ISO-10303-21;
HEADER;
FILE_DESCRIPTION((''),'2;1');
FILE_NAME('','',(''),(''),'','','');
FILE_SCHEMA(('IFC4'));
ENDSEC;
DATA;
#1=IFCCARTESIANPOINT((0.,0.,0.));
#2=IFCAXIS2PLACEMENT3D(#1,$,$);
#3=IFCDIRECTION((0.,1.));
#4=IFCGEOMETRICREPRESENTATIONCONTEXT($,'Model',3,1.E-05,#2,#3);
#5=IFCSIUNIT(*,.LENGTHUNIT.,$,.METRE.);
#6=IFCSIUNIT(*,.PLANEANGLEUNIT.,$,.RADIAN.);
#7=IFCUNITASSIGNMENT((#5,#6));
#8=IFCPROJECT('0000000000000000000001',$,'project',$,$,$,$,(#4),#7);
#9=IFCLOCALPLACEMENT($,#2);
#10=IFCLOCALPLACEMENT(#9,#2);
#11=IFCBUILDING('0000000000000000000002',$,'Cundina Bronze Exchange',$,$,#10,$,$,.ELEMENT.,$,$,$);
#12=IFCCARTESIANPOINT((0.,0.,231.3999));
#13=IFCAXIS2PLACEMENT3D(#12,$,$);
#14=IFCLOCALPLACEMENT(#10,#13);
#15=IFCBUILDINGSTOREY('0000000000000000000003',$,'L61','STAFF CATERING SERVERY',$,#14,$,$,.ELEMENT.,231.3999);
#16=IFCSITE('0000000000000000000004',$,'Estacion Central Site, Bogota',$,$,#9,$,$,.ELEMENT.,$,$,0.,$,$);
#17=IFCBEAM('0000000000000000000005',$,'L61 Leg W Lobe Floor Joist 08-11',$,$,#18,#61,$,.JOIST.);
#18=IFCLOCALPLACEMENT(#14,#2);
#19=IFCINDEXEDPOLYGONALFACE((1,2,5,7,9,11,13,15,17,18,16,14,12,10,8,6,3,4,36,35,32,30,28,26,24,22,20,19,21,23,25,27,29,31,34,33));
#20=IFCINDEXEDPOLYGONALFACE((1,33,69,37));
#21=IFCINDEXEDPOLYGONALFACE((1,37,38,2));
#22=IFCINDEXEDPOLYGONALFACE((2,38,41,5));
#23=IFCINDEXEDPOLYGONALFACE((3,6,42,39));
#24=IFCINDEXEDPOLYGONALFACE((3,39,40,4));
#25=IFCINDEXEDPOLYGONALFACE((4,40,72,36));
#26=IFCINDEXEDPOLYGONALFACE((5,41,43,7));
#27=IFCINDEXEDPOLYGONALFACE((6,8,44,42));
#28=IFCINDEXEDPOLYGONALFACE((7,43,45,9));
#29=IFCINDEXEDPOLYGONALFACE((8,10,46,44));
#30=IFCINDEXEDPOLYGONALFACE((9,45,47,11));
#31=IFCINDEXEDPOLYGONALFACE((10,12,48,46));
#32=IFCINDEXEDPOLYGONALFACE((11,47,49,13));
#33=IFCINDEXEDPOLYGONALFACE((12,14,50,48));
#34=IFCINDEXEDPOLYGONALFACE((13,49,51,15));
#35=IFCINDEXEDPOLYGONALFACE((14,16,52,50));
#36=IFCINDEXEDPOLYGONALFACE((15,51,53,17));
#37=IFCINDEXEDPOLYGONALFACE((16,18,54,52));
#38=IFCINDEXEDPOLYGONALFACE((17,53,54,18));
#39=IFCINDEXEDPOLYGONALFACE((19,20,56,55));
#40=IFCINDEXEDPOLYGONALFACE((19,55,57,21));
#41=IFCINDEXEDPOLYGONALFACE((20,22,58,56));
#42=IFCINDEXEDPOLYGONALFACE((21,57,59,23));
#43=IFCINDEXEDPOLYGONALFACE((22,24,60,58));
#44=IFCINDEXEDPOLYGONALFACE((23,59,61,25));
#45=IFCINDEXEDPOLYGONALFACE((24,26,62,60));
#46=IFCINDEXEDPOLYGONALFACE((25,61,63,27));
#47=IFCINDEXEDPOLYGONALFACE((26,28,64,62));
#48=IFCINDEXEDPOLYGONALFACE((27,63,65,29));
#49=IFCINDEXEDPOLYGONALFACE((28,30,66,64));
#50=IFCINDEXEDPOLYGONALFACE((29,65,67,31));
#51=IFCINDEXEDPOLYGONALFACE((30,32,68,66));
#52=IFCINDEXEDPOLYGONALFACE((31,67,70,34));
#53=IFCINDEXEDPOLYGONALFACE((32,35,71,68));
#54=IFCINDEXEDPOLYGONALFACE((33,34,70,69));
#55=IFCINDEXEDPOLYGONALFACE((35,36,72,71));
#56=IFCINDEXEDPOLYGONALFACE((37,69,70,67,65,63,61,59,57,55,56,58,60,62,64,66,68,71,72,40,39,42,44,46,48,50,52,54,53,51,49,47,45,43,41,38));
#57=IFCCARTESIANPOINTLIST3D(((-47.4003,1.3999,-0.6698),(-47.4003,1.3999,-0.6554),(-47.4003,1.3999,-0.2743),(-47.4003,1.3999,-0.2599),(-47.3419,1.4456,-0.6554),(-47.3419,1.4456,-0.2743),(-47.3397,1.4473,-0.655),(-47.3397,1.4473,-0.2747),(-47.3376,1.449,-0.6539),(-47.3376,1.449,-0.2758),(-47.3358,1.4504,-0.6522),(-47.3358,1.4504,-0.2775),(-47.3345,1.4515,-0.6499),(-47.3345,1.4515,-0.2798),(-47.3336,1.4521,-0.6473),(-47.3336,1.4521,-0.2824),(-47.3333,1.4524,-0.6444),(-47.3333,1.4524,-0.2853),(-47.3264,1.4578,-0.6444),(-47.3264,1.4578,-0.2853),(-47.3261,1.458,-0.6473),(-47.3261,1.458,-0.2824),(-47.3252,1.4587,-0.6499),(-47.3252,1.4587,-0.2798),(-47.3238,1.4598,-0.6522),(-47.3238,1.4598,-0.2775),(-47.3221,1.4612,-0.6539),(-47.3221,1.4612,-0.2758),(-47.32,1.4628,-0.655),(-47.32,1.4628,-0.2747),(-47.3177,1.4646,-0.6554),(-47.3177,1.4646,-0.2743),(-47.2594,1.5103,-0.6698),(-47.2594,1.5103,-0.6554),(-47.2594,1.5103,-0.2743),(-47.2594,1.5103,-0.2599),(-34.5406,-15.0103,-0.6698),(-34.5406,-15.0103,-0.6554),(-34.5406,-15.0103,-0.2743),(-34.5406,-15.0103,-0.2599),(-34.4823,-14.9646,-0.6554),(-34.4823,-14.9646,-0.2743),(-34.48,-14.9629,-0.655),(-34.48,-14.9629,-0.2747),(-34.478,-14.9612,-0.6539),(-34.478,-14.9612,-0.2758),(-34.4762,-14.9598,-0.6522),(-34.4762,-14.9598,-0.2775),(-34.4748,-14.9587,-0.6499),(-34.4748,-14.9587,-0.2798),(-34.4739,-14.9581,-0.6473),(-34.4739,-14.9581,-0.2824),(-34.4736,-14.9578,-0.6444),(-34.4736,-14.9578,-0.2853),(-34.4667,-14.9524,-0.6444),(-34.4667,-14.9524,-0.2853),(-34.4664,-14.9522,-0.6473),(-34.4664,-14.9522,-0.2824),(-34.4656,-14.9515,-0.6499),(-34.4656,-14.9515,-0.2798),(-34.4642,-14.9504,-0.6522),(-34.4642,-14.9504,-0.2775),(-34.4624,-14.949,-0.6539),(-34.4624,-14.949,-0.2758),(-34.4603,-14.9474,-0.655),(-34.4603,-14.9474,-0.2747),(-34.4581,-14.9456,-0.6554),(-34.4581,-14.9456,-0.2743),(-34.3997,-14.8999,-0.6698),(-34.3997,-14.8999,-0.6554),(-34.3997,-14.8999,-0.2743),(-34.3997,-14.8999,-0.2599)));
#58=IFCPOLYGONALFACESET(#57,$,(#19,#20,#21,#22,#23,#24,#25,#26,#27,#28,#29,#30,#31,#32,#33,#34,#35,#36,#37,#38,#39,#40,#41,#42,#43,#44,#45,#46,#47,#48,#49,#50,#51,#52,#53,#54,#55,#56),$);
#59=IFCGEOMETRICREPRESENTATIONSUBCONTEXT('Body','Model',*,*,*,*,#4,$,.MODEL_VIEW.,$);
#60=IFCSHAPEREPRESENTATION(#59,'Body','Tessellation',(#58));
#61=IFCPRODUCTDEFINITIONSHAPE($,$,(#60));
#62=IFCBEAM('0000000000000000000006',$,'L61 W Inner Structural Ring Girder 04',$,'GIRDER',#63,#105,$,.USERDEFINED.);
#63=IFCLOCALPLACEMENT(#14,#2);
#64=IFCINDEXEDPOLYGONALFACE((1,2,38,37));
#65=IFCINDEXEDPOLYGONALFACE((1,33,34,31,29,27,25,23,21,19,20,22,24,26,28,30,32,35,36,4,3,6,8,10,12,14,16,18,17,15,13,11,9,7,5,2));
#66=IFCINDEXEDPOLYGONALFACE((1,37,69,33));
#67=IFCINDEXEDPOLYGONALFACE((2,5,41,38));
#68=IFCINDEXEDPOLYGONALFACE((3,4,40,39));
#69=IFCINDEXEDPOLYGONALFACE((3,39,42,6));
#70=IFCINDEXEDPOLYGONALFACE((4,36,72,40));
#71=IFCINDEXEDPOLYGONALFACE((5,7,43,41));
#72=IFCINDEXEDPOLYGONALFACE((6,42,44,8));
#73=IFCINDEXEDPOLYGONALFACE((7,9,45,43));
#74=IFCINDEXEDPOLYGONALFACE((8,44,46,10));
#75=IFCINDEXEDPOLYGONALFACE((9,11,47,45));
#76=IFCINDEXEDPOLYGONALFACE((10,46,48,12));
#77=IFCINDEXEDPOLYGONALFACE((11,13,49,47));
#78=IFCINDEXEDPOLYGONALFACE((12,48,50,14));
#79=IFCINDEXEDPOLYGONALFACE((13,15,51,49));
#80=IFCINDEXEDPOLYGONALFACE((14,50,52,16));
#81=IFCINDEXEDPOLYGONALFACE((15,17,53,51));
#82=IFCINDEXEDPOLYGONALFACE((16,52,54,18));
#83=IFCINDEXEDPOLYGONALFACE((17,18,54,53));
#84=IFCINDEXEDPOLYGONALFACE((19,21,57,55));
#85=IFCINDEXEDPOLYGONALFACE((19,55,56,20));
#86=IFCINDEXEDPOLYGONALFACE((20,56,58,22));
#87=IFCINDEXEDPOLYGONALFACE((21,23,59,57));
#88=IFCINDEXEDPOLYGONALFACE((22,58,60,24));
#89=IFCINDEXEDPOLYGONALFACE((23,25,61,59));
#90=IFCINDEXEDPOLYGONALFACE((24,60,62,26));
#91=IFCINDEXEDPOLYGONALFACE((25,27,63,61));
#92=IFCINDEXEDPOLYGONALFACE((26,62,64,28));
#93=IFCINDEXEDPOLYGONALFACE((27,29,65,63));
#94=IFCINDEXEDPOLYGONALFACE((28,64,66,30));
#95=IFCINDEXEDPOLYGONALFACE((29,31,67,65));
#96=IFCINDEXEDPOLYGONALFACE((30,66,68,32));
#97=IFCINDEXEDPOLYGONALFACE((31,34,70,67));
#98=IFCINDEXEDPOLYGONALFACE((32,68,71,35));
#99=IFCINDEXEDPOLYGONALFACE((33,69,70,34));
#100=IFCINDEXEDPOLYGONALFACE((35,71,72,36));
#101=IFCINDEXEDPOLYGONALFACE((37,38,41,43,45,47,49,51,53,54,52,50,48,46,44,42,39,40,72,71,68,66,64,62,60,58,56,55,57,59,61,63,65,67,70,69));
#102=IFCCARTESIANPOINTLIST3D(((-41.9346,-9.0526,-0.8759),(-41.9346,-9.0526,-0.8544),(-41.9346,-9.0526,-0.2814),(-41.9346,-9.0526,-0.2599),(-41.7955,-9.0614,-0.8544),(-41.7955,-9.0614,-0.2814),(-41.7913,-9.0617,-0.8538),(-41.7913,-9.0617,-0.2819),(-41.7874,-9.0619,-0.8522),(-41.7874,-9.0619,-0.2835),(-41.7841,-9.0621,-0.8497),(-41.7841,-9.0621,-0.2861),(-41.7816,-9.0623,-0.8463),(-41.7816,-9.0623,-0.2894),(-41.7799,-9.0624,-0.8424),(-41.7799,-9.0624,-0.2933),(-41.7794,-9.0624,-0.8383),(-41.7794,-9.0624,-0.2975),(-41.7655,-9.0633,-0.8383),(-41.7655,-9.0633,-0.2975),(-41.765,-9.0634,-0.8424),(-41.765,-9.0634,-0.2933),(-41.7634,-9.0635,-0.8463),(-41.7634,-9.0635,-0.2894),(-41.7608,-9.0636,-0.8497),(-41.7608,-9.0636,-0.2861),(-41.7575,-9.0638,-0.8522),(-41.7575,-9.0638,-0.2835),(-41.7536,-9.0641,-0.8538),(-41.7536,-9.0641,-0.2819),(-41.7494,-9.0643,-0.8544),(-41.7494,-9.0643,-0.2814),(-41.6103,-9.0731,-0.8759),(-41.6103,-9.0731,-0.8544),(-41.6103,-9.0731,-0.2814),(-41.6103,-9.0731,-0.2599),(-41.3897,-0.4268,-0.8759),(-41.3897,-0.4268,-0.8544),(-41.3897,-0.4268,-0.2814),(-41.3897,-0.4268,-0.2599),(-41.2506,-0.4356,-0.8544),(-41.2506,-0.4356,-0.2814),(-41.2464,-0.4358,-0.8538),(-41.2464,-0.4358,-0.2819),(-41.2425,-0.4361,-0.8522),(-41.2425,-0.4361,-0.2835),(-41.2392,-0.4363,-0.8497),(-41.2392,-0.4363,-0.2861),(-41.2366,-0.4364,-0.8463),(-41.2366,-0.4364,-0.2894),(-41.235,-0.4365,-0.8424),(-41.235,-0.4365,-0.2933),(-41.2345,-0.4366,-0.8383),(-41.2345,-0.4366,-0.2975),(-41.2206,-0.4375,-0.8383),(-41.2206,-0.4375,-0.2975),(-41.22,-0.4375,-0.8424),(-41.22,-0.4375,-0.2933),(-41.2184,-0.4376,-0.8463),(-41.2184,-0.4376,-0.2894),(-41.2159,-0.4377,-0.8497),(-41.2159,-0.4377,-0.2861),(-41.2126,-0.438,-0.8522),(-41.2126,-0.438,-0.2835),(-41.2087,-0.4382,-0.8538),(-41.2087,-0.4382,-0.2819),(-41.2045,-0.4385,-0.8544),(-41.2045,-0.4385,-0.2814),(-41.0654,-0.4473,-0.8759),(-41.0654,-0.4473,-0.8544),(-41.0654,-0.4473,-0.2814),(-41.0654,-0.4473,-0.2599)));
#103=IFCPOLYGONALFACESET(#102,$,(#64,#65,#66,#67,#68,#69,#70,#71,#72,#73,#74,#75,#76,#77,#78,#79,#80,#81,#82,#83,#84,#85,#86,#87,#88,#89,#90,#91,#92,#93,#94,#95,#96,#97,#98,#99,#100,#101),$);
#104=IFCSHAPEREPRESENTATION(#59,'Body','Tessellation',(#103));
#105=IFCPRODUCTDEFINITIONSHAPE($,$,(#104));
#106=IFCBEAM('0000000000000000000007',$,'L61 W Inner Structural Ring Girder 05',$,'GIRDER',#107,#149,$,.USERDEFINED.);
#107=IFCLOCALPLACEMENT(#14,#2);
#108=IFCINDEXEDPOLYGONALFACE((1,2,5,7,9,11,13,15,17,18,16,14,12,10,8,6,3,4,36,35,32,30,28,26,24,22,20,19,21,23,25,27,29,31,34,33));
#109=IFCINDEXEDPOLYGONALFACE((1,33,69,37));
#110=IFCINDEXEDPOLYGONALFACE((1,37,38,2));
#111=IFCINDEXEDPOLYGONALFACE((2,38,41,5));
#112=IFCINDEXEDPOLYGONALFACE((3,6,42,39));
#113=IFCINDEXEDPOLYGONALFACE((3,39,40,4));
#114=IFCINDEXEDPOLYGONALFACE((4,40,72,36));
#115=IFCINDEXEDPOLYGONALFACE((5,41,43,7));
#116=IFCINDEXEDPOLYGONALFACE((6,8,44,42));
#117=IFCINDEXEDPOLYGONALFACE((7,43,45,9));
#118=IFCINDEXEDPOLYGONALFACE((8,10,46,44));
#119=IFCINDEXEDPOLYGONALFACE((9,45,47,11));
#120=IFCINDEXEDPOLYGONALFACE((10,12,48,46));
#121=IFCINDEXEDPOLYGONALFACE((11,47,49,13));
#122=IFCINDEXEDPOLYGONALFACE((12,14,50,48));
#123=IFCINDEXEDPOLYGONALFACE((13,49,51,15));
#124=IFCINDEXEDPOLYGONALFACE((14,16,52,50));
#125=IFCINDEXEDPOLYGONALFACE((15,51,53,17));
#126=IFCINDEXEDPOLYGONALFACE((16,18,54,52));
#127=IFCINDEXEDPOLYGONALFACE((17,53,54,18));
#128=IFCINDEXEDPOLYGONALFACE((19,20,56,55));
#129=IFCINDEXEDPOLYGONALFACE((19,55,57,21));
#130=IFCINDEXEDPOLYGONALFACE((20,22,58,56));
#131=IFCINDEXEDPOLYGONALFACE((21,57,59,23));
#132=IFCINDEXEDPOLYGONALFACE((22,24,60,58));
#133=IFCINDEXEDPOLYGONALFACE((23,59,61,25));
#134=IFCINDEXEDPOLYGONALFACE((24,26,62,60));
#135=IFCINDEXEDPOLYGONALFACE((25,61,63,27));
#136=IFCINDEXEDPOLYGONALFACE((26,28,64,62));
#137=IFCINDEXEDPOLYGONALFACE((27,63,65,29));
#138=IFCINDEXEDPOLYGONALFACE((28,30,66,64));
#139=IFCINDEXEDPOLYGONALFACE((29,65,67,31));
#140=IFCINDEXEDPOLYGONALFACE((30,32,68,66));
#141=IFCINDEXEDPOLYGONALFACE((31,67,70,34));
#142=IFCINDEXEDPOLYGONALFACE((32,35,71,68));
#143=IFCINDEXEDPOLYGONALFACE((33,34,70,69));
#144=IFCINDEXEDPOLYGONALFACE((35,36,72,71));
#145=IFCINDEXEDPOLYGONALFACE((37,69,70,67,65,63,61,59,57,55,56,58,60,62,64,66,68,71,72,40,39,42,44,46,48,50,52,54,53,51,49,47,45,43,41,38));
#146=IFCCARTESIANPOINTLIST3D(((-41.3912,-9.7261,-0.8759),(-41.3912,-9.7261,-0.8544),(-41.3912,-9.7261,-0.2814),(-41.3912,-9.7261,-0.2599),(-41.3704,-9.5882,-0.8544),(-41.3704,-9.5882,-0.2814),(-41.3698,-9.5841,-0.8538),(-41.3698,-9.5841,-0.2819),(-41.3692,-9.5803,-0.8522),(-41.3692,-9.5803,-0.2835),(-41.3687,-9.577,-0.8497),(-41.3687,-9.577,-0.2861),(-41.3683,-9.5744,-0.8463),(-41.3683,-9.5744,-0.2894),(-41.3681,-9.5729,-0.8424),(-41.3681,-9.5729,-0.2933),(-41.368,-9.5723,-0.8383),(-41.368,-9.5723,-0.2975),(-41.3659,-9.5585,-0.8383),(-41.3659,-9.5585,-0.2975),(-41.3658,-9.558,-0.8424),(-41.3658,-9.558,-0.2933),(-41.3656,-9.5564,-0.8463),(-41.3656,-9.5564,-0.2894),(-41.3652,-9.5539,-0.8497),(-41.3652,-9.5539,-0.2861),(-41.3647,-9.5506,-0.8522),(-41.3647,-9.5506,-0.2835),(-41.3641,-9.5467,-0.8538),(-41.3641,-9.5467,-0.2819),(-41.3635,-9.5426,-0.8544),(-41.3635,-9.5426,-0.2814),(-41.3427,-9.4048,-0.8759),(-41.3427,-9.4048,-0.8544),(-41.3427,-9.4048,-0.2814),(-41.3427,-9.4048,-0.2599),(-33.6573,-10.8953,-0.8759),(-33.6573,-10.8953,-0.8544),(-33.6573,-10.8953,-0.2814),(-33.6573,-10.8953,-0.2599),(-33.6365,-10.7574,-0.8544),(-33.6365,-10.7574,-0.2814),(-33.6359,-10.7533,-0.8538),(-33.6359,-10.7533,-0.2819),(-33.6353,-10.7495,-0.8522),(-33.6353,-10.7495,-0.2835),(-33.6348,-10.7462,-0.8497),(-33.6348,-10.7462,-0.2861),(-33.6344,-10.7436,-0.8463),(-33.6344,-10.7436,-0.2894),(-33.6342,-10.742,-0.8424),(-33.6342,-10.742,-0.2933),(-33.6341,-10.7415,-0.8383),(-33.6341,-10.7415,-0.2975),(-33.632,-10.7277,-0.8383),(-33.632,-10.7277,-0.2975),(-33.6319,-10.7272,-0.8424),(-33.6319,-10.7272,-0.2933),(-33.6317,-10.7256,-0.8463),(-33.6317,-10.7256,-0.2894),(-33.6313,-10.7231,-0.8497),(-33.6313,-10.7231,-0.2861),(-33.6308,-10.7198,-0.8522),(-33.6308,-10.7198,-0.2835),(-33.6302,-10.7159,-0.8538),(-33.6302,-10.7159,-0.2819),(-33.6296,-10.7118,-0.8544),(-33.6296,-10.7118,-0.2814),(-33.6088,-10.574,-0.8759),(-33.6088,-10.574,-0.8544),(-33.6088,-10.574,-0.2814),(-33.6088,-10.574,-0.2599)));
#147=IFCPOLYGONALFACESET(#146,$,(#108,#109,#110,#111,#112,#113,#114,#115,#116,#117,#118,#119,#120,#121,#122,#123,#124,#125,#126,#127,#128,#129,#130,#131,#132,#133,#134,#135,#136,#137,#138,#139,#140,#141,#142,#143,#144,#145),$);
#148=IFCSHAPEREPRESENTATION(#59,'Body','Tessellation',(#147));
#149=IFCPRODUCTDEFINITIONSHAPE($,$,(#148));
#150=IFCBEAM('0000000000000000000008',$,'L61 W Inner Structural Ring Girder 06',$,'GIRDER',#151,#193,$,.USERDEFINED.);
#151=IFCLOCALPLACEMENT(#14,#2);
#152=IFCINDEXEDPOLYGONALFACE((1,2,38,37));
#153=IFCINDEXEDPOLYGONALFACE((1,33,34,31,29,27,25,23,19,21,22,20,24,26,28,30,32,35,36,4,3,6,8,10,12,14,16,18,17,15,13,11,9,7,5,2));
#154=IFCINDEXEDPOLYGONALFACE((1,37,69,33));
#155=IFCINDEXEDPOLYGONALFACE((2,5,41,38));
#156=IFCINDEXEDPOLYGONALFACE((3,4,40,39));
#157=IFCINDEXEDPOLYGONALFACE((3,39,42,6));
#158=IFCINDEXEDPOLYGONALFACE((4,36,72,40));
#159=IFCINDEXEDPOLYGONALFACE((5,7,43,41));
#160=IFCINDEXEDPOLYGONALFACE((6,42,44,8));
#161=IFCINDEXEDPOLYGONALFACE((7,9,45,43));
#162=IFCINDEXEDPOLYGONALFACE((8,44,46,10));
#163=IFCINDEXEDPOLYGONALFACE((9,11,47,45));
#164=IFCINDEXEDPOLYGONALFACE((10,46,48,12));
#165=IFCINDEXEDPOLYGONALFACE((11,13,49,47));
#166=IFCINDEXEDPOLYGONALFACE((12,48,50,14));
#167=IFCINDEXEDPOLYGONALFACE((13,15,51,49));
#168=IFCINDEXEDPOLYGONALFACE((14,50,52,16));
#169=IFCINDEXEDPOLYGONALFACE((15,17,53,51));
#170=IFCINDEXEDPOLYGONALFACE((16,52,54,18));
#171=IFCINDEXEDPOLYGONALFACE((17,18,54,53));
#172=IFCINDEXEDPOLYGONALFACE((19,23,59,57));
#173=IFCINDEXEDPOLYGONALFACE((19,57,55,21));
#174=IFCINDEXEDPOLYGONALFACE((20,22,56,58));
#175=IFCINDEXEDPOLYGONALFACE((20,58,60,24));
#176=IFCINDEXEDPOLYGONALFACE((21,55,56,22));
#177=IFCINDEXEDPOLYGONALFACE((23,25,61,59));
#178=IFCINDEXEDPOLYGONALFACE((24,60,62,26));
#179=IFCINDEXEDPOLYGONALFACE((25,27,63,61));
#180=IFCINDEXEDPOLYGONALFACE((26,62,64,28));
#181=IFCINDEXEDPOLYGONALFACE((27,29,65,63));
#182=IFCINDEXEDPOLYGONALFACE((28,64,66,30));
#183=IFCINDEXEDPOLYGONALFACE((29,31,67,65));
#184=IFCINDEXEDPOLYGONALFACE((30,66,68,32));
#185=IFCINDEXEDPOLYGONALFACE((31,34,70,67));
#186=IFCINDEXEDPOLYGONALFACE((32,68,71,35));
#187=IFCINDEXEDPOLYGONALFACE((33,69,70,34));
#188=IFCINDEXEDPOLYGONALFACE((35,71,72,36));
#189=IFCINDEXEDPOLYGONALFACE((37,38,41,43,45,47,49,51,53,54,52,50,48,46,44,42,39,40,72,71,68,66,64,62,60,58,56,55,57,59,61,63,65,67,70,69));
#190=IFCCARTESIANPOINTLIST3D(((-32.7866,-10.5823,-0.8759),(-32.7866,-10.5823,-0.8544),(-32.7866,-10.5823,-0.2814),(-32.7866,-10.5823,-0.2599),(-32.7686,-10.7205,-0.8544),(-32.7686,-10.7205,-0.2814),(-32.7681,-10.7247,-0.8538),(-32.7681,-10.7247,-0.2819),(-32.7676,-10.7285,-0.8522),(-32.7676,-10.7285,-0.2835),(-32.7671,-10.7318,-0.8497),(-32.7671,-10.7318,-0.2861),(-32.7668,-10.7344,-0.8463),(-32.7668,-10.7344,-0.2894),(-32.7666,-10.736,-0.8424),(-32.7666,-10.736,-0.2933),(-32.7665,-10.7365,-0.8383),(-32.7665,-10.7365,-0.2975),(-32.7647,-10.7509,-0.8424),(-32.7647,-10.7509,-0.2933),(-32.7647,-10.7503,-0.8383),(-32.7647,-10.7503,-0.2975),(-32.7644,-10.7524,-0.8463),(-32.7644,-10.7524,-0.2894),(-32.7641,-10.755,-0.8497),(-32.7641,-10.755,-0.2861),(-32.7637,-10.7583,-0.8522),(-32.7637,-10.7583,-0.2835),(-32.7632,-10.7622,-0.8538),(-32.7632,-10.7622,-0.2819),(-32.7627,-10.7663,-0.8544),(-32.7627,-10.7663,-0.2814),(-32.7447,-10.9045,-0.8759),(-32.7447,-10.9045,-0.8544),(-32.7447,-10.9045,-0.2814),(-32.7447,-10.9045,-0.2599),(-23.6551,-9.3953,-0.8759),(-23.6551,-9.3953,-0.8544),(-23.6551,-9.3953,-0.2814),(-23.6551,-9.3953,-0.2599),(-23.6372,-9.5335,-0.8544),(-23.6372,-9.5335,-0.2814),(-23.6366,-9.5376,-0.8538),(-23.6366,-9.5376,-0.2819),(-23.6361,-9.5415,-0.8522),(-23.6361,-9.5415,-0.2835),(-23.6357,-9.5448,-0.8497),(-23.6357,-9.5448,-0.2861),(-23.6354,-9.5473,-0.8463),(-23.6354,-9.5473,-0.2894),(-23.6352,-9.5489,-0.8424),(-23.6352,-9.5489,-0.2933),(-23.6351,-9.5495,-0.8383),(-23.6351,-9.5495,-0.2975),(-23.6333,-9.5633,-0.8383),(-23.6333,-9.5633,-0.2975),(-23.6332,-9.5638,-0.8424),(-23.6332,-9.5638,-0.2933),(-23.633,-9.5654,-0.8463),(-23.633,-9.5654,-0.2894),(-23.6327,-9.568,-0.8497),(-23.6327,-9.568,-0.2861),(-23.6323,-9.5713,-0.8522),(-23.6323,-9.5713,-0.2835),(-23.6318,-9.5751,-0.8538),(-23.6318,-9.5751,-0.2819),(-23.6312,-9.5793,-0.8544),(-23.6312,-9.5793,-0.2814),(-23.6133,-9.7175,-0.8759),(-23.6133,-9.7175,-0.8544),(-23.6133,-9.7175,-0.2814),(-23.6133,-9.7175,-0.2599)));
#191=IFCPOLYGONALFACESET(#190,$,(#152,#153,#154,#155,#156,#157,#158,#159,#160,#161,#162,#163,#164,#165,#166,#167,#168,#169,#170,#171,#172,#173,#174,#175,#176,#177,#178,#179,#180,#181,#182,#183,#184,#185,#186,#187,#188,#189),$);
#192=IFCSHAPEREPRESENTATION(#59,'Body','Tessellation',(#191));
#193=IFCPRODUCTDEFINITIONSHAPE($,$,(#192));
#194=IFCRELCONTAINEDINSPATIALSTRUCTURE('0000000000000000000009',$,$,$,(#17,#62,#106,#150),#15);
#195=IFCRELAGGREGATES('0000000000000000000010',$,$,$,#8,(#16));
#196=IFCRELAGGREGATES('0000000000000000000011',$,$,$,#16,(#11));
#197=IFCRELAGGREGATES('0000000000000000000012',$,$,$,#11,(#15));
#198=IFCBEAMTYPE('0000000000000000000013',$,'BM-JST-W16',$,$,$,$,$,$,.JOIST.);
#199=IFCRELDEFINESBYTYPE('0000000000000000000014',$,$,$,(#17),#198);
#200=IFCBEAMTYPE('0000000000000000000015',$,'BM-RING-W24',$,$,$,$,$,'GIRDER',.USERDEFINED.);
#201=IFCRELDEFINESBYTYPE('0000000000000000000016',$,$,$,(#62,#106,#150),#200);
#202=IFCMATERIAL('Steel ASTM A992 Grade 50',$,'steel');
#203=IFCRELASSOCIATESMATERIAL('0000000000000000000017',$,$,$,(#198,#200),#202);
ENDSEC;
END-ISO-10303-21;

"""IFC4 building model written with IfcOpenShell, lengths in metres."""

from ifc_helpers import new_model, si_unit, direction, frame, origin, origin_2d, place, context, subcontext, project, spatial, i_section, extrude, material, material_profile, profile_set, type_object, element, save


model = new_model("IFC4")

# Units and contexts
model_context = context("Model", 3, precision=1e-05, world=origin(), true_north=direction((0.0, 1.0)))
body_context = subcontext(model_context, "Body", "Model", "MODEL_VIEW")
ifc_project = project(units=[si_unit("LENGTHUNIT", "METRE"), si_unit("PLANEANGLEUNIT", "RADIAN")], contexts=[model_context])

# Site, building, storey
site_placement = place(None, origin())
site = spatial("IfcSite", under=ifc_project, at=site_placement, Name="Estacion Central Site, Bogota", CompositionType="ELEMENT", RefElevation=0.0)
building_placement = place(site_placement, origin())
building = spatial("IfcBuilding", under=site, at=building_placement, Name="Cundina Bronze Exchange", CompositionType="ELEMENT")
storey_placement = place(building_placement, frame((0.0, 0.0, 231.3999)))
storey = spatial("IfcBuildingStorey", under=building, at=storey_placement, Name="L61", Description="STAFF CATERING SERVERY", CompositionType="ELEMENT", Elevation=231.3999)

# Beams
ifc_material_1 = material(Name="Steel ASTM A992 Grade 50", Category="steel")
ifc_material_profile_1 = material_profile(ifc_material_1, i_section(OverallWidth=0.179, OverallDepth=0.4099, WebThickness=0.0088, FlangeThickness=0.0144, FilletRadius=0.011, at=origin_2d()), Name="W16X45", Category="steel")
ifc_profile_set_1 = profile_set([ifc_material_profile_1], Name="Steel ASTM A992 Grade 50")
beam_type_1 = type_object("IfcBeamType", Name="BM-JST-W16", PredefinedType="JOIST", material=ifc_profile_set_1)
beam_1_placement = place(storey_placement, frame((-47.3298, 1.4551, -0.4648), z_axis=(0.61681, -0.787112, 0.0), x_axis=(0.787112, 0.61681, 0.0)))
element("IfcBeam", 1, at=beam_1_placement, inside=storey, type_object=beam_type_1, Name="L61 Leg W Lobe Floor Joist 08-11", PredefinedType="JOIST", context=body_context, shape_type="SweptSolid", body=[
    extrude(i_section(OverallWidth=0.179, OverallDepth=0.4099, WebThickness=0.0088, FlangeThickness=0.0144, FilletRadius=0.011, at=origin_2d()), origin(), (0.0, 0.0, 1.0), 20.8486),
])
ifc_material_profile_2 = material_profile(ifc_material_1, i_section(OverallWidth=0.325, OverallDepth=0.616, WebThickness=0.0139, FlangeThickness=0.0215, FilletRadius=0.0161, at=origin_2d()), Name="W24X117", Category="steel")
ifc_profile_set_2 = profile_set([ifc_material_profile_2], Name="Steel ASTM A992 Grade 50")
beam_type_2 = type_object("IfcBeamType", Name="BM-RING-W24", ElementType="GIRDER", PredefinedType="USERDEFINED", material=ifc_profile_set_2)
beam_2_placement = place(storey_placement, frame((-41.2275, -0.437, -0.5679), z_axis=(-0.063047, -0.998011, 0.0), x_axis=(0.998011, -0.063047, 0.0)))
element("IfcBeam", 2, at=beam_2_placement, inside=storey, type_object=beam_type_2, Name="L61 W Inner Structural Ring Girder 04", ObjectType="GIRDER", PredefinedType="USERDEFINED", context=body_context, shape_type="SweptSolid", body=[
    extrude(i_section(OverallWidth=0.325, OverallDepth=0.616, WebThickness=0.0139, FlangeThickness=0.0215, FilletRadius=0.0161, at=origin_2d()), origin(), (0.0, 0.0, 1.0), 8.6431),
])
beam_3_placement = place(storey_placement, frame((-41.3669, -9.5654, -0.5679), z_axis=(0.988765, -0.149479, 0.0), x_axis=(0.149479, 0.988765, 0.0)))
element("IfcBeam", 3, at=beam_3_placement, inside=storey, type_object=beam_type_2, Name="L61 W Inner Structural Ring Girder 05", ObjectType="GIRDER", PredefinedType="USERDEFINED", context=body_context, shape_type="SweptSolid", body=[
    extrude(i_section(OverallWidth=0.325, OverallDepth=0.616, WebThickness=0.0139, FlangeThickness=0.0215, FilletRadius=0.0161, at=origin_2d()), origin(), (0.0, 0.0, 1.0), 7.8218),
])
beam_4_placement = place(storey_placement, frame((-32.7656, -10.7434, -0.5679), z_axis=(0.991656, 0.128908, 0.0), x_axis=(-0.128908, 0.991656, 0.0)))
element("IfcBeam", 4, at=beam_4_placement, inside=storey, type_object=beam_type_2, Name="L61 W Inner Structural Ring Girder 06", ObjectType="GIRDER", PredefinedType="USERDEFINED", context=body_context, shape_type="SweptSolid", body=[
    extrude(i_section(OverallWidth=0.325, OverallDepth=0.616, WebThickness=0.0139, FlangeThickness=0.0215, FilletRadius=0.0161, at=origin_2d()), origin(), (0.0, 0.0, 1.0), 9.2083),
])

save(model, "model.ifc")
